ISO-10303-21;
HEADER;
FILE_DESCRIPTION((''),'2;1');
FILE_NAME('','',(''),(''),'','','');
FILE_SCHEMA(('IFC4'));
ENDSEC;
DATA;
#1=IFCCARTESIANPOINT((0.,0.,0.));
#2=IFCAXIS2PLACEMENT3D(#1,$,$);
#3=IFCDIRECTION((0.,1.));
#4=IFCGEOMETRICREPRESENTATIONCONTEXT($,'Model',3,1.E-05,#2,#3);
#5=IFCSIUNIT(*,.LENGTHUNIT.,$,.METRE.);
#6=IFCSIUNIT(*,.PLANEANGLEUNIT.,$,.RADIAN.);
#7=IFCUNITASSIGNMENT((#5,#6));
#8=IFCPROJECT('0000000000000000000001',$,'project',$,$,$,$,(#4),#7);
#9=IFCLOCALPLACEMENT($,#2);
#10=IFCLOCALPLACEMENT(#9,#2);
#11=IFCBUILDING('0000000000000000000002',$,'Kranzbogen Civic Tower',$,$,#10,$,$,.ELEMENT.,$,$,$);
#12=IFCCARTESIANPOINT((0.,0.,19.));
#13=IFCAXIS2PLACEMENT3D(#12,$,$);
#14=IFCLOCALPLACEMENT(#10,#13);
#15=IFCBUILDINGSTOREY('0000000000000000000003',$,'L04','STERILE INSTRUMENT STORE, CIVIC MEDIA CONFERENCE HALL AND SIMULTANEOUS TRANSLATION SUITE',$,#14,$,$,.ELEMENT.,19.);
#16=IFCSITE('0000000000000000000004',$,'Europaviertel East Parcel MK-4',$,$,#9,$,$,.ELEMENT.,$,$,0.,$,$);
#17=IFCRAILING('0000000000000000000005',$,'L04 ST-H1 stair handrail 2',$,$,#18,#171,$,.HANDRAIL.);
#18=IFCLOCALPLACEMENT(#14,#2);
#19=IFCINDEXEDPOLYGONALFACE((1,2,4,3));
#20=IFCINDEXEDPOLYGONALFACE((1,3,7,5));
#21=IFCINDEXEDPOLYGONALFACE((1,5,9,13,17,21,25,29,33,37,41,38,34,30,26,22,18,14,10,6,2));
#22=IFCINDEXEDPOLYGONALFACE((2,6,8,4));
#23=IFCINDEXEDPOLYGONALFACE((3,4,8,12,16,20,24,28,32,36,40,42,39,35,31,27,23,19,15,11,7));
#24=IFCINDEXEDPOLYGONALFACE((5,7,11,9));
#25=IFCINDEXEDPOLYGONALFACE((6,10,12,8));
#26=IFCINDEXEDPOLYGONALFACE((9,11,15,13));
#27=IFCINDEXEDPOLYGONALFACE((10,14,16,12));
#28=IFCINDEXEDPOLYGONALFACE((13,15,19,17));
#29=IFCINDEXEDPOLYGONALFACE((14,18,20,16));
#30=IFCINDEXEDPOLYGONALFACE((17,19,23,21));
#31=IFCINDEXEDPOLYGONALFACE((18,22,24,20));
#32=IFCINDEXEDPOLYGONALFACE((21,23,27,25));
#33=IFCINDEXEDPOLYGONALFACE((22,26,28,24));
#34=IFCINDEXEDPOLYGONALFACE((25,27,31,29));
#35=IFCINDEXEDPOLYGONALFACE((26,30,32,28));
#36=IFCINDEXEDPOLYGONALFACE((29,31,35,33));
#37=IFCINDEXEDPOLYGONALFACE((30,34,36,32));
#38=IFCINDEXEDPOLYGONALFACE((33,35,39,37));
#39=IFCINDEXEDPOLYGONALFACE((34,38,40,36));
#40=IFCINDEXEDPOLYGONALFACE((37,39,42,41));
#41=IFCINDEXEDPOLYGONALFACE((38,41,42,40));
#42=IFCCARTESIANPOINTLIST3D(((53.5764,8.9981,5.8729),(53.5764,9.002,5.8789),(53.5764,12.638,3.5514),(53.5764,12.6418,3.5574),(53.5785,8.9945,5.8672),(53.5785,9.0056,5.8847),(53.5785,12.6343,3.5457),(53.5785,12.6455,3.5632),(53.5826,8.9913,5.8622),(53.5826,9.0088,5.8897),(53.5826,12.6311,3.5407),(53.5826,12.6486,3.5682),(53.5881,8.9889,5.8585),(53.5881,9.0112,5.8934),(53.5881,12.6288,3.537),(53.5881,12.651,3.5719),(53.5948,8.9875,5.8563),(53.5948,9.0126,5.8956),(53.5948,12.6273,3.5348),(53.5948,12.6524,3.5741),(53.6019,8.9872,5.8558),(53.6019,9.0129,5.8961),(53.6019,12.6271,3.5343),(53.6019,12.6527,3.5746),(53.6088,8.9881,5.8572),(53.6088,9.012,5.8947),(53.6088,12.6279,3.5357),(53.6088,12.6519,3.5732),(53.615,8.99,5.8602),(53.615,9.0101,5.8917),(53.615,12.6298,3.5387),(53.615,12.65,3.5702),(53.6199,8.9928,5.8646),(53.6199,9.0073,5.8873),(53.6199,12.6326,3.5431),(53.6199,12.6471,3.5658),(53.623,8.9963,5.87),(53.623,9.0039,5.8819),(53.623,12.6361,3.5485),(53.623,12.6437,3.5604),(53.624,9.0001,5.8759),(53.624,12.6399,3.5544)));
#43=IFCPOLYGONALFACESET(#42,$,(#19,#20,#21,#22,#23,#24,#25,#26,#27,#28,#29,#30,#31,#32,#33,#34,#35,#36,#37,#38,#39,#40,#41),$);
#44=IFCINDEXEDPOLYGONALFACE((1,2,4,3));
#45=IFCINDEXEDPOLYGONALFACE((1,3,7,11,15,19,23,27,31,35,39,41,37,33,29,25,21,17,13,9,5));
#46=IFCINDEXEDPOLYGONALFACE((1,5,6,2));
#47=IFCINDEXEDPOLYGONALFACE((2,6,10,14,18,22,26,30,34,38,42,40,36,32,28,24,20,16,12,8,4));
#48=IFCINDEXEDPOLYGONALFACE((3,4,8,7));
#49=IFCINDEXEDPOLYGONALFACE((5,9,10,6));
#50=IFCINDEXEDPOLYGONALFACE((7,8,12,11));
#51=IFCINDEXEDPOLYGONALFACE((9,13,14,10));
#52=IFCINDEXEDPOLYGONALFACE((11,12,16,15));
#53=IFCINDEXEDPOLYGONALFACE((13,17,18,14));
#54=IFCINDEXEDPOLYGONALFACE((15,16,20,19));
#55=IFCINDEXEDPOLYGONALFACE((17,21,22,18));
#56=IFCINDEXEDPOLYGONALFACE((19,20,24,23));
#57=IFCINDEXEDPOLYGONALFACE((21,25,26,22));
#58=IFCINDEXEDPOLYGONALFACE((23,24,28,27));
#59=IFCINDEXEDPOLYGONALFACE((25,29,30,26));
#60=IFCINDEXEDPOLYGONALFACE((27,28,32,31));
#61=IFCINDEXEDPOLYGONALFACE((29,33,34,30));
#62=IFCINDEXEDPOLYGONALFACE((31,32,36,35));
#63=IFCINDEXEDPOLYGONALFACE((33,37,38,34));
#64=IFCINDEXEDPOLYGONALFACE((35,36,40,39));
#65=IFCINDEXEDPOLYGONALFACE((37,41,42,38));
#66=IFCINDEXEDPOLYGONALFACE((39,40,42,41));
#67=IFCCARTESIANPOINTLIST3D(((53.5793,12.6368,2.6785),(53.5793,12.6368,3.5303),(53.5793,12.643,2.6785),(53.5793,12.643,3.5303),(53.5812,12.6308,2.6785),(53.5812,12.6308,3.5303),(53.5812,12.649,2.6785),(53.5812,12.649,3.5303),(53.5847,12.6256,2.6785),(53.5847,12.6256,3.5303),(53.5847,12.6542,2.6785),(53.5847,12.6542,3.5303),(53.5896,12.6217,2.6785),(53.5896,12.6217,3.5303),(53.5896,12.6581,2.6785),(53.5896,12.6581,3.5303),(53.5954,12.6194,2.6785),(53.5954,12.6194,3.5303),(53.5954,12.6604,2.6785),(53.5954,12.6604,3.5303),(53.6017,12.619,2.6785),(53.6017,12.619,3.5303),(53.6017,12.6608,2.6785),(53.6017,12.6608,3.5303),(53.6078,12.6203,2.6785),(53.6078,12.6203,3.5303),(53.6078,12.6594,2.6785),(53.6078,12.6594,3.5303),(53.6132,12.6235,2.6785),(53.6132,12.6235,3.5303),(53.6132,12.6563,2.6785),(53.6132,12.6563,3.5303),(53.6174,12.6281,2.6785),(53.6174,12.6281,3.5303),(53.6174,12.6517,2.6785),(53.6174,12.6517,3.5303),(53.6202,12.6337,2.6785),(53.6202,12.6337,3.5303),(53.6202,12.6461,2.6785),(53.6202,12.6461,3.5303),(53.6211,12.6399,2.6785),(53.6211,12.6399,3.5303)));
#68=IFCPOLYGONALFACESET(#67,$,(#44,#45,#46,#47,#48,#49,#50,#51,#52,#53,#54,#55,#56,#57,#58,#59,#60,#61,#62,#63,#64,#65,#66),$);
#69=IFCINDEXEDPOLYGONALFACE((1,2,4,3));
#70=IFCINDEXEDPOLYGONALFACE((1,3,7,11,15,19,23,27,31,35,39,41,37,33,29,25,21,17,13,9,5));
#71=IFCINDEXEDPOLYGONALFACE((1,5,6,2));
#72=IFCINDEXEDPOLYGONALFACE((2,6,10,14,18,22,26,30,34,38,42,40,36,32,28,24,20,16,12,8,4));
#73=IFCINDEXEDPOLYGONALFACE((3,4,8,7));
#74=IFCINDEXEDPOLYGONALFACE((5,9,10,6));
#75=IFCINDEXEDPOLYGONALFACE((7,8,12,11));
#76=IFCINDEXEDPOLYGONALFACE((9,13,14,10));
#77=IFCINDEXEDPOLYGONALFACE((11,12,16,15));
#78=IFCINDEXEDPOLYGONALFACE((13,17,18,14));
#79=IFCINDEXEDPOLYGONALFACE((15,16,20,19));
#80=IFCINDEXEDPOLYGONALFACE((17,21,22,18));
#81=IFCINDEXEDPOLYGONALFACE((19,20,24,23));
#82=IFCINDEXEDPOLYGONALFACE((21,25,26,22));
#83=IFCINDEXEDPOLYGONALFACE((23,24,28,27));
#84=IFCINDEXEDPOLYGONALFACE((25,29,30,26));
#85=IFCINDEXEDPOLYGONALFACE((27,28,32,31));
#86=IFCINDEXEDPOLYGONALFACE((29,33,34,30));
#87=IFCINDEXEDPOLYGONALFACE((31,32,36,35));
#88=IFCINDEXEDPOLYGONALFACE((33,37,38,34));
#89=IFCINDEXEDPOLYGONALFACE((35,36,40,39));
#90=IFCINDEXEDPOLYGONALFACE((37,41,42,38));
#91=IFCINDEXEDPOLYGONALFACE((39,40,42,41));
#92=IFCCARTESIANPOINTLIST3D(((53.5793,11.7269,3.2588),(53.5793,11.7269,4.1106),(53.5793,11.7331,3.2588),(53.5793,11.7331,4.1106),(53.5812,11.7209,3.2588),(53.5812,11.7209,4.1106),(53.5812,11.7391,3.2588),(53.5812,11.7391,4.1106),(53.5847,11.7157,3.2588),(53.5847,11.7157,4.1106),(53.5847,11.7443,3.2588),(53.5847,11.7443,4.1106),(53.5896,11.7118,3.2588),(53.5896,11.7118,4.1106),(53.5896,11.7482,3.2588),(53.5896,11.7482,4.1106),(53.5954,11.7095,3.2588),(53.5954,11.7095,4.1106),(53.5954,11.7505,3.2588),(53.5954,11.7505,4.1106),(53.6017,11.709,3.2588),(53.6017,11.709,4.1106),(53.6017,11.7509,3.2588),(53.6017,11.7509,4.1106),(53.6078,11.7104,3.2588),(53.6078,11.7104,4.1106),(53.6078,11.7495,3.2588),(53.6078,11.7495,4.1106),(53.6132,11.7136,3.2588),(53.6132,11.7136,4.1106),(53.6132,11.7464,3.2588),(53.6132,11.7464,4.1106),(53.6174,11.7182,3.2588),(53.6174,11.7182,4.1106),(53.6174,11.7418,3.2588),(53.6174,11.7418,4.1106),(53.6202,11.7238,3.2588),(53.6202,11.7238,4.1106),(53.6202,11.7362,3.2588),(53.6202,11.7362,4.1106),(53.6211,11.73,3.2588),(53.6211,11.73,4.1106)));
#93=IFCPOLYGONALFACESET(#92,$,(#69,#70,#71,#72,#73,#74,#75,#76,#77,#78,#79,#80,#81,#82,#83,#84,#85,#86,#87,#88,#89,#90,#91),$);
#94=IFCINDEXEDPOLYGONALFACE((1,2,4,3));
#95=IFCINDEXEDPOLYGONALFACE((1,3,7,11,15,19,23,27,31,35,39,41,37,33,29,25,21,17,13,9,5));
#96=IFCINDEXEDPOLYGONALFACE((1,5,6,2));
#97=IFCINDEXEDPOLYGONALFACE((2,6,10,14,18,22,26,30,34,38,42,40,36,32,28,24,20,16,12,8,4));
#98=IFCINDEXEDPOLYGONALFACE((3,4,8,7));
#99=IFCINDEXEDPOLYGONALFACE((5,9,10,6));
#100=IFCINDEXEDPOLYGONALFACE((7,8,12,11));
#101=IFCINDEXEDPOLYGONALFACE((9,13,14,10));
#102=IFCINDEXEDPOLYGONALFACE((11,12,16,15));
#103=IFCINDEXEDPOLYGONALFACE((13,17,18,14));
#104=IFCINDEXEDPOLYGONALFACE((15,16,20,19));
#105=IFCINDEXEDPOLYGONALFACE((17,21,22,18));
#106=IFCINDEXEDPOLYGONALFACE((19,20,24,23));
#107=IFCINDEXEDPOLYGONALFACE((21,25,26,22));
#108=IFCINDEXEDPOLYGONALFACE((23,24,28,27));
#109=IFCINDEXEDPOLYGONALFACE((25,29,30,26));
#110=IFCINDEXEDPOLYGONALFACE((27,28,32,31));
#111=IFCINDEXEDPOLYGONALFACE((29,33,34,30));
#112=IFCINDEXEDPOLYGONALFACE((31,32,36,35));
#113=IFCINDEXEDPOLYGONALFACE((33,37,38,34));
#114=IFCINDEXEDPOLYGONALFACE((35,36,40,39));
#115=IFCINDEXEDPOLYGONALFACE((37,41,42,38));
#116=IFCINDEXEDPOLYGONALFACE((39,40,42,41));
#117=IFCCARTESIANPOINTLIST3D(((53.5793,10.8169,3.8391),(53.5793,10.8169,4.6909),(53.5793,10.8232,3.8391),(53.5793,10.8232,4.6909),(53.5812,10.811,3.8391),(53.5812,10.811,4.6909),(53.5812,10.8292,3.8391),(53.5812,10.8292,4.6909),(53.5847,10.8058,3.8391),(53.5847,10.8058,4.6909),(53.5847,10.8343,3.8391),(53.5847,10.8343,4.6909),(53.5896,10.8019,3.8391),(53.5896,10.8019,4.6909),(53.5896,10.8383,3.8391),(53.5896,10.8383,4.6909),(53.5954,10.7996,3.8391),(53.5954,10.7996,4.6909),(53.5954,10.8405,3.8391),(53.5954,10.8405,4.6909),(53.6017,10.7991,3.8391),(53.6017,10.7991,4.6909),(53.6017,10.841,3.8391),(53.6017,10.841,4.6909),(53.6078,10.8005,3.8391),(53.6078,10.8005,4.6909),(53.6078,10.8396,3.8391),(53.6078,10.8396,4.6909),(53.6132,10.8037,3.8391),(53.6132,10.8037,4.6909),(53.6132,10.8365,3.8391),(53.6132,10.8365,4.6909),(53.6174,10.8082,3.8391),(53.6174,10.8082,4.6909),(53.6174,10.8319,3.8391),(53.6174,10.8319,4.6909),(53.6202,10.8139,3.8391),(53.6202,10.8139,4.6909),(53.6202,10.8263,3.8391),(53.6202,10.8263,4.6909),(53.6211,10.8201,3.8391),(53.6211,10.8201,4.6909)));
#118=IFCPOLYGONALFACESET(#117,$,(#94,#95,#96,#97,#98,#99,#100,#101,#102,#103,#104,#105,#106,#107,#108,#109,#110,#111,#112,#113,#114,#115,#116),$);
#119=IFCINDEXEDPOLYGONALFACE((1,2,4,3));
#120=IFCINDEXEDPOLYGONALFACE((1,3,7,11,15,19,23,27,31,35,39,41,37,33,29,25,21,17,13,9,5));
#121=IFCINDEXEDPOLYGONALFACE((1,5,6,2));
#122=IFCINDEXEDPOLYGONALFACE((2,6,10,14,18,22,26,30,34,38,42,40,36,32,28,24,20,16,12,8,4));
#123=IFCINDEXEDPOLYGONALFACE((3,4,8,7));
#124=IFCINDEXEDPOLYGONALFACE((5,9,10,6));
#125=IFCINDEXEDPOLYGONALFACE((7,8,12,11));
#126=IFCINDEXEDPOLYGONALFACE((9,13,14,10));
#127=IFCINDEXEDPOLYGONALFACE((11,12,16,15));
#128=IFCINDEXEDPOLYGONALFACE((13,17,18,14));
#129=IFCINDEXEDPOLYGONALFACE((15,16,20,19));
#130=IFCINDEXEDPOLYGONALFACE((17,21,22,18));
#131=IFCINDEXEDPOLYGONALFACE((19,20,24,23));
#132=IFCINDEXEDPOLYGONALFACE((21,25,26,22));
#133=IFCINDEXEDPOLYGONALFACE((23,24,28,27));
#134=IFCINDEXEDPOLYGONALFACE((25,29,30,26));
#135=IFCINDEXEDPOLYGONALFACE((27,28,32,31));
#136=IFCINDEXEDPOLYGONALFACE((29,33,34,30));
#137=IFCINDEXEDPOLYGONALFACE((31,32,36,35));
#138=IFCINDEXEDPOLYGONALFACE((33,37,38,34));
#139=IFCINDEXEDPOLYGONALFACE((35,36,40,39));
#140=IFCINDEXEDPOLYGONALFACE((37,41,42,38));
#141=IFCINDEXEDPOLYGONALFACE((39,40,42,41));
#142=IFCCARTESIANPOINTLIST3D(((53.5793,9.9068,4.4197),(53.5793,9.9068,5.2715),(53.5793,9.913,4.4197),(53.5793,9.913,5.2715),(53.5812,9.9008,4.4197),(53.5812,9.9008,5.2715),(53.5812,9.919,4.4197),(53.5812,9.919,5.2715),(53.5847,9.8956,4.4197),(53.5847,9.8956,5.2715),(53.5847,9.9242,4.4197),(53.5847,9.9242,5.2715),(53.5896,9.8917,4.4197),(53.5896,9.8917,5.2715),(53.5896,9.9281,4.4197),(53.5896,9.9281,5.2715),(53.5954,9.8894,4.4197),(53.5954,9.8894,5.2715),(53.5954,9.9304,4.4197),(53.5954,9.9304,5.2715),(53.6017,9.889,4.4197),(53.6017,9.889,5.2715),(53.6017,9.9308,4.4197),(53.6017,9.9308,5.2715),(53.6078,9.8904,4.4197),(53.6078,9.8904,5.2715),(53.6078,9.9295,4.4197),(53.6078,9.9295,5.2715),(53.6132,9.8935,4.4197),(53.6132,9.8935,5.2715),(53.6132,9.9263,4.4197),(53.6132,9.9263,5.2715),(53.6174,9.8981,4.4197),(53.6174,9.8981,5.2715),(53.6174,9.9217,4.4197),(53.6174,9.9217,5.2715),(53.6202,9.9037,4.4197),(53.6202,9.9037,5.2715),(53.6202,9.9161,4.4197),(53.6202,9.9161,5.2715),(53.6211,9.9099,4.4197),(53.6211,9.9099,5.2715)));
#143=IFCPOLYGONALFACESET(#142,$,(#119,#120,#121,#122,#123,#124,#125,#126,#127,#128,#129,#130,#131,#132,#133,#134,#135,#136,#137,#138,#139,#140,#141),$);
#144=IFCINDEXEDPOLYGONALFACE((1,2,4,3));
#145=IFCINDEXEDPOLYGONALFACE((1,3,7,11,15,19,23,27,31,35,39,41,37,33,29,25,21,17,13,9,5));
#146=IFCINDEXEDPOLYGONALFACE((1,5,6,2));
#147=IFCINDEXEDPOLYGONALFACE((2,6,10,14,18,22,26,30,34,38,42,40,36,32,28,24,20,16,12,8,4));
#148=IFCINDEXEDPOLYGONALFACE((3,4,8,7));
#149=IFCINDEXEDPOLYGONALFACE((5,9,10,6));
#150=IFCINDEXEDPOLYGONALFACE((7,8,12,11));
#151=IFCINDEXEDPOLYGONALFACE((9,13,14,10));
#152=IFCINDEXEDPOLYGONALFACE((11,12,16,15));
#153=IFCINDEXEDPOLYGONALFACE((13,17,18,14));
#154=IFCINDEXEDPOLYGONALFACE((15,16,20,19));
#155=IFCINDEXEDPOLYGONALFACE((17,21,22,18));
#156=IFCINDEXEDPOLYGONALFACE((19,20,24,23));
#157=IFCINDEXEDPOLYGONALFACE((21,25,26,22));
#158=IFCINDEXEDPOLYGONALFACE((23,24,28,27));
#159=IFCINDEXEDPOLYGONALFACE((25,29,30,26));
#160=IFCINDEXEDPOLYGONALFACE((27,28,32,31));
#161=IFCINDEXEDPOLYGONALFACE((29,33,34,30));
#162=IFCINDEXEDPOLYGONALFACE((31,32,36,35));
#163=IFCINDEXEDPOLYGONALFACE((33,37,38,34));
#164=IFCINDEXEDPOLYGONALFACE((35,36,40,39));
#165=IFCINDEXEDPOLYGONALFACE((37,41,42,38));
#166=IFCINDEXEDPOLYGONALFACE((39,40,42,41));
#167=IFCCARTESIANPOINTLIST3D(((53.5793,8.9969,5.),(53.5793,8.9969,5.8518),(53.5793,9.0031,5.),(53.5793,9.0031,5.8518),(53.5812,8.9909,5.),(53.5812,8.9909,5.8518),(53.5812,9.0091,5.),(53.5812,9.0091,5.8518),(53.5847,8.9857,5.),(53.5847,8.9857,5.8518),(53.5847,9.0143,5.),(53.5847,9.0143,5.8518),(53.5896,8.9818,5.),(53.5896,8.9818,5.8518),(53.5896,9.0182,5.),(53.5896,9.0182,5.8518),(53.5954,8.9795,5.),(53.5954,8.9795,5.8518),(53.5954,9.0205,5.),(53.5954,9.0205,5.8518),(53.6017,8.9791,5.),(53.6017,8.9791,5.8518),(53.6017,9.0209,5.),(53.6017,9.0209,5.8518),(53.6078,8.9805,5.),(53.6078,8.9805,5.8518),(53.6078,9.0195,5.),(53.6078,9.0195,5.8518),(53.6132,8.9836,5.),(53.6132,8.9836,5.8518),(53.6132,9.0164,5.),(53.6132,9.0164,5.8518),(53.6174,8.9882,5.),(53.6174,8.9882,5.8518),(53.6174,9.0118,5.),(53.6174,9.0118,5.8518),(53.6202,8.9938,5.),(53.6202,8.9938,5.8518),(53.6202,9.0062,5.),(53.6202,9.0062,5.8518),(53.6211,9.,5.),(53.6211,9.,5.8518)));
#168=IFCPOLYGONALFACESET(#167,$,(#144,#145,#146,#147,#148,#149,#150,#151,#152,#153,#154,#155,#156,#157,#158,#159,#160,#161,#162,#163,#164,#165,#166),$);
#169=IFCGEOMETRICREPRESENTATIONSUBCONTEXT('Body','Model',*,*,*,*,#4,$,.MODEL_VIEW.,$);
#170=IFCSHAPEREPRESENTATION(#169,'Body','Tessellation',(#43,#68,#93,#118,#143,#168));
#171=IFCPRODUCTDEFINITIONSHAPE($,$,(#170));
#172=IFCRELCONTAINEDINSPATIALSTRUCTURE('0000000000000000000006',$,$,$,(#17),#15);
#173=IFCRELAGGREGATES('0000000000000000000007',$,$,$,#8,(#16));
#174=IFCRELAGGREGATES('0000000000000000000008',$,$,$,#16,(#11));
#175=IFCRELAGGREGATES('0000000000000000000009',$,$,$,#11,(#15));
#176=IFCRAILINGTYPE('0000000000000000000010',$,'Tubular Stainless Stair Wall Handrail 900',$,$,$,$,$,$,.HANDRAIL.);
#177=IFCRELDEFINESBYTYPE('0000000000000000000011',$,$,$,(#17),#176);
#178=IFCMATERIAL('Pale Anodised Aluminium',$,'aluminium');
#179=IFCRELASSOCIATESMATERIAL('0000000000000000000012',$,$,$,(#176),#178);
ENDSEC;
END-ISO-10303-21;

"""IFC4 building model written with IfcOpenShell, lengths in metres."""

from ifc_helpers import new_model, si_unit, direction, frame, origin, origin_2d, place, context, subcontext, project, spatial, circle, extrude, material, type_object, element, save


model = new_model("IFC4")

# Units and contexts
model_context = context("Model", 3, precision=1e-05, world=origin(), true_north=direction((0.0, 1.0)))
body_context = subcontext(model_context, "Body", "Model", "MODEL_VIEW")
ifc_project = project(units=[si_unit("LENGTHUNIT", "METRE"), si_unit("PLANEANGLEUNIT", "RADIAN")], contexts=[model_context])

# Site, building, storey
site_placement = place(None, origin())
site = spatial("IfcSite", under=ifc_project, at=site_placement, Name="Europaviertel East Parcel MK-4", CompositionType="ELEMENT", RefElevation=0.0)
building_placement = place(site_placement, origin())
building = spatial("IfcBuilding", under=site, at=building_placement, Name="Kranzbogen Civic Tower", CompositionType="ELEMENT")
storey_placement = place(building_placement, frame((0.0, 0.0, 19.0)))
storey = spatial("IfcBuildingStorey", under=building, at=storey_placement, Name="L04", Description="STERILE INSTRUMENT STORE, CIVIC MEDIA CONFERENCE HALL AND SIMULTANEOUS TRANSLATION SUITE", CompositionType="ELEMENT", Elevation=19.0)

# Shared definitions
ifc_material_1 = material(Name="Pale Anodised Aluminium", Category="aluminium")

# Railing
railing_type_1 = type_object("IfcRailingType", Name="Tubular Stainless Stair Wall Handrail 900", PredefinedType="HANDRAIL", material=ifc_material_1)
railing_1_placement = place(storey_placement, frame((53.6001, 12.6399, 2.6785)))
element("IfcRailing", 1, at=railing_1_placement, inside=storey, type_object=railing_type_1, Name="L04 ST-H1 stair handrail 2", PredefinedType="HANDRAIL", context=body_context, shape_type="SweptSolid", body=[
    extrude(circle(Radius=0.0239, at=origin_2d()), frame((0.0, 0.0, 0.876), z_axis=(0.0, -0.843112, 0.537739), x_axis=(1.0, 0.0, 0.0)), (0.0, 0.0, 1.0), 4.3171),
    extrude(circle(Radius=0.021, at=origin_2d()), origin(), (0.0, 0.0, 1.0), 0.8518),
    extrude(circle(Radius=0.021, at=origin_2d()), frame((0.0, -0.9099, 0.5803)), (0.0, 0.0, 1.0), 0.8518),
    extrude(circle(Radius=0.021, at=origin_2d()), frame((0.0, -1.8198, 1.1606)), (0.0, 0.0, 1.0), 0.8518),
    extrude(circle(Radius=0.021, at=origin_2d()), frame((0.0, -2.73, 1.7412)), (0.0, 0.0, 1.0), 0.8518),
    extrude(circle(Radius=0.021, at=origin_2d()), frame((0.0, -3.6399, 2.3215)), (0.0, 0.0, 1.0), 0.8518),
])

save(model, "model.ifc")
